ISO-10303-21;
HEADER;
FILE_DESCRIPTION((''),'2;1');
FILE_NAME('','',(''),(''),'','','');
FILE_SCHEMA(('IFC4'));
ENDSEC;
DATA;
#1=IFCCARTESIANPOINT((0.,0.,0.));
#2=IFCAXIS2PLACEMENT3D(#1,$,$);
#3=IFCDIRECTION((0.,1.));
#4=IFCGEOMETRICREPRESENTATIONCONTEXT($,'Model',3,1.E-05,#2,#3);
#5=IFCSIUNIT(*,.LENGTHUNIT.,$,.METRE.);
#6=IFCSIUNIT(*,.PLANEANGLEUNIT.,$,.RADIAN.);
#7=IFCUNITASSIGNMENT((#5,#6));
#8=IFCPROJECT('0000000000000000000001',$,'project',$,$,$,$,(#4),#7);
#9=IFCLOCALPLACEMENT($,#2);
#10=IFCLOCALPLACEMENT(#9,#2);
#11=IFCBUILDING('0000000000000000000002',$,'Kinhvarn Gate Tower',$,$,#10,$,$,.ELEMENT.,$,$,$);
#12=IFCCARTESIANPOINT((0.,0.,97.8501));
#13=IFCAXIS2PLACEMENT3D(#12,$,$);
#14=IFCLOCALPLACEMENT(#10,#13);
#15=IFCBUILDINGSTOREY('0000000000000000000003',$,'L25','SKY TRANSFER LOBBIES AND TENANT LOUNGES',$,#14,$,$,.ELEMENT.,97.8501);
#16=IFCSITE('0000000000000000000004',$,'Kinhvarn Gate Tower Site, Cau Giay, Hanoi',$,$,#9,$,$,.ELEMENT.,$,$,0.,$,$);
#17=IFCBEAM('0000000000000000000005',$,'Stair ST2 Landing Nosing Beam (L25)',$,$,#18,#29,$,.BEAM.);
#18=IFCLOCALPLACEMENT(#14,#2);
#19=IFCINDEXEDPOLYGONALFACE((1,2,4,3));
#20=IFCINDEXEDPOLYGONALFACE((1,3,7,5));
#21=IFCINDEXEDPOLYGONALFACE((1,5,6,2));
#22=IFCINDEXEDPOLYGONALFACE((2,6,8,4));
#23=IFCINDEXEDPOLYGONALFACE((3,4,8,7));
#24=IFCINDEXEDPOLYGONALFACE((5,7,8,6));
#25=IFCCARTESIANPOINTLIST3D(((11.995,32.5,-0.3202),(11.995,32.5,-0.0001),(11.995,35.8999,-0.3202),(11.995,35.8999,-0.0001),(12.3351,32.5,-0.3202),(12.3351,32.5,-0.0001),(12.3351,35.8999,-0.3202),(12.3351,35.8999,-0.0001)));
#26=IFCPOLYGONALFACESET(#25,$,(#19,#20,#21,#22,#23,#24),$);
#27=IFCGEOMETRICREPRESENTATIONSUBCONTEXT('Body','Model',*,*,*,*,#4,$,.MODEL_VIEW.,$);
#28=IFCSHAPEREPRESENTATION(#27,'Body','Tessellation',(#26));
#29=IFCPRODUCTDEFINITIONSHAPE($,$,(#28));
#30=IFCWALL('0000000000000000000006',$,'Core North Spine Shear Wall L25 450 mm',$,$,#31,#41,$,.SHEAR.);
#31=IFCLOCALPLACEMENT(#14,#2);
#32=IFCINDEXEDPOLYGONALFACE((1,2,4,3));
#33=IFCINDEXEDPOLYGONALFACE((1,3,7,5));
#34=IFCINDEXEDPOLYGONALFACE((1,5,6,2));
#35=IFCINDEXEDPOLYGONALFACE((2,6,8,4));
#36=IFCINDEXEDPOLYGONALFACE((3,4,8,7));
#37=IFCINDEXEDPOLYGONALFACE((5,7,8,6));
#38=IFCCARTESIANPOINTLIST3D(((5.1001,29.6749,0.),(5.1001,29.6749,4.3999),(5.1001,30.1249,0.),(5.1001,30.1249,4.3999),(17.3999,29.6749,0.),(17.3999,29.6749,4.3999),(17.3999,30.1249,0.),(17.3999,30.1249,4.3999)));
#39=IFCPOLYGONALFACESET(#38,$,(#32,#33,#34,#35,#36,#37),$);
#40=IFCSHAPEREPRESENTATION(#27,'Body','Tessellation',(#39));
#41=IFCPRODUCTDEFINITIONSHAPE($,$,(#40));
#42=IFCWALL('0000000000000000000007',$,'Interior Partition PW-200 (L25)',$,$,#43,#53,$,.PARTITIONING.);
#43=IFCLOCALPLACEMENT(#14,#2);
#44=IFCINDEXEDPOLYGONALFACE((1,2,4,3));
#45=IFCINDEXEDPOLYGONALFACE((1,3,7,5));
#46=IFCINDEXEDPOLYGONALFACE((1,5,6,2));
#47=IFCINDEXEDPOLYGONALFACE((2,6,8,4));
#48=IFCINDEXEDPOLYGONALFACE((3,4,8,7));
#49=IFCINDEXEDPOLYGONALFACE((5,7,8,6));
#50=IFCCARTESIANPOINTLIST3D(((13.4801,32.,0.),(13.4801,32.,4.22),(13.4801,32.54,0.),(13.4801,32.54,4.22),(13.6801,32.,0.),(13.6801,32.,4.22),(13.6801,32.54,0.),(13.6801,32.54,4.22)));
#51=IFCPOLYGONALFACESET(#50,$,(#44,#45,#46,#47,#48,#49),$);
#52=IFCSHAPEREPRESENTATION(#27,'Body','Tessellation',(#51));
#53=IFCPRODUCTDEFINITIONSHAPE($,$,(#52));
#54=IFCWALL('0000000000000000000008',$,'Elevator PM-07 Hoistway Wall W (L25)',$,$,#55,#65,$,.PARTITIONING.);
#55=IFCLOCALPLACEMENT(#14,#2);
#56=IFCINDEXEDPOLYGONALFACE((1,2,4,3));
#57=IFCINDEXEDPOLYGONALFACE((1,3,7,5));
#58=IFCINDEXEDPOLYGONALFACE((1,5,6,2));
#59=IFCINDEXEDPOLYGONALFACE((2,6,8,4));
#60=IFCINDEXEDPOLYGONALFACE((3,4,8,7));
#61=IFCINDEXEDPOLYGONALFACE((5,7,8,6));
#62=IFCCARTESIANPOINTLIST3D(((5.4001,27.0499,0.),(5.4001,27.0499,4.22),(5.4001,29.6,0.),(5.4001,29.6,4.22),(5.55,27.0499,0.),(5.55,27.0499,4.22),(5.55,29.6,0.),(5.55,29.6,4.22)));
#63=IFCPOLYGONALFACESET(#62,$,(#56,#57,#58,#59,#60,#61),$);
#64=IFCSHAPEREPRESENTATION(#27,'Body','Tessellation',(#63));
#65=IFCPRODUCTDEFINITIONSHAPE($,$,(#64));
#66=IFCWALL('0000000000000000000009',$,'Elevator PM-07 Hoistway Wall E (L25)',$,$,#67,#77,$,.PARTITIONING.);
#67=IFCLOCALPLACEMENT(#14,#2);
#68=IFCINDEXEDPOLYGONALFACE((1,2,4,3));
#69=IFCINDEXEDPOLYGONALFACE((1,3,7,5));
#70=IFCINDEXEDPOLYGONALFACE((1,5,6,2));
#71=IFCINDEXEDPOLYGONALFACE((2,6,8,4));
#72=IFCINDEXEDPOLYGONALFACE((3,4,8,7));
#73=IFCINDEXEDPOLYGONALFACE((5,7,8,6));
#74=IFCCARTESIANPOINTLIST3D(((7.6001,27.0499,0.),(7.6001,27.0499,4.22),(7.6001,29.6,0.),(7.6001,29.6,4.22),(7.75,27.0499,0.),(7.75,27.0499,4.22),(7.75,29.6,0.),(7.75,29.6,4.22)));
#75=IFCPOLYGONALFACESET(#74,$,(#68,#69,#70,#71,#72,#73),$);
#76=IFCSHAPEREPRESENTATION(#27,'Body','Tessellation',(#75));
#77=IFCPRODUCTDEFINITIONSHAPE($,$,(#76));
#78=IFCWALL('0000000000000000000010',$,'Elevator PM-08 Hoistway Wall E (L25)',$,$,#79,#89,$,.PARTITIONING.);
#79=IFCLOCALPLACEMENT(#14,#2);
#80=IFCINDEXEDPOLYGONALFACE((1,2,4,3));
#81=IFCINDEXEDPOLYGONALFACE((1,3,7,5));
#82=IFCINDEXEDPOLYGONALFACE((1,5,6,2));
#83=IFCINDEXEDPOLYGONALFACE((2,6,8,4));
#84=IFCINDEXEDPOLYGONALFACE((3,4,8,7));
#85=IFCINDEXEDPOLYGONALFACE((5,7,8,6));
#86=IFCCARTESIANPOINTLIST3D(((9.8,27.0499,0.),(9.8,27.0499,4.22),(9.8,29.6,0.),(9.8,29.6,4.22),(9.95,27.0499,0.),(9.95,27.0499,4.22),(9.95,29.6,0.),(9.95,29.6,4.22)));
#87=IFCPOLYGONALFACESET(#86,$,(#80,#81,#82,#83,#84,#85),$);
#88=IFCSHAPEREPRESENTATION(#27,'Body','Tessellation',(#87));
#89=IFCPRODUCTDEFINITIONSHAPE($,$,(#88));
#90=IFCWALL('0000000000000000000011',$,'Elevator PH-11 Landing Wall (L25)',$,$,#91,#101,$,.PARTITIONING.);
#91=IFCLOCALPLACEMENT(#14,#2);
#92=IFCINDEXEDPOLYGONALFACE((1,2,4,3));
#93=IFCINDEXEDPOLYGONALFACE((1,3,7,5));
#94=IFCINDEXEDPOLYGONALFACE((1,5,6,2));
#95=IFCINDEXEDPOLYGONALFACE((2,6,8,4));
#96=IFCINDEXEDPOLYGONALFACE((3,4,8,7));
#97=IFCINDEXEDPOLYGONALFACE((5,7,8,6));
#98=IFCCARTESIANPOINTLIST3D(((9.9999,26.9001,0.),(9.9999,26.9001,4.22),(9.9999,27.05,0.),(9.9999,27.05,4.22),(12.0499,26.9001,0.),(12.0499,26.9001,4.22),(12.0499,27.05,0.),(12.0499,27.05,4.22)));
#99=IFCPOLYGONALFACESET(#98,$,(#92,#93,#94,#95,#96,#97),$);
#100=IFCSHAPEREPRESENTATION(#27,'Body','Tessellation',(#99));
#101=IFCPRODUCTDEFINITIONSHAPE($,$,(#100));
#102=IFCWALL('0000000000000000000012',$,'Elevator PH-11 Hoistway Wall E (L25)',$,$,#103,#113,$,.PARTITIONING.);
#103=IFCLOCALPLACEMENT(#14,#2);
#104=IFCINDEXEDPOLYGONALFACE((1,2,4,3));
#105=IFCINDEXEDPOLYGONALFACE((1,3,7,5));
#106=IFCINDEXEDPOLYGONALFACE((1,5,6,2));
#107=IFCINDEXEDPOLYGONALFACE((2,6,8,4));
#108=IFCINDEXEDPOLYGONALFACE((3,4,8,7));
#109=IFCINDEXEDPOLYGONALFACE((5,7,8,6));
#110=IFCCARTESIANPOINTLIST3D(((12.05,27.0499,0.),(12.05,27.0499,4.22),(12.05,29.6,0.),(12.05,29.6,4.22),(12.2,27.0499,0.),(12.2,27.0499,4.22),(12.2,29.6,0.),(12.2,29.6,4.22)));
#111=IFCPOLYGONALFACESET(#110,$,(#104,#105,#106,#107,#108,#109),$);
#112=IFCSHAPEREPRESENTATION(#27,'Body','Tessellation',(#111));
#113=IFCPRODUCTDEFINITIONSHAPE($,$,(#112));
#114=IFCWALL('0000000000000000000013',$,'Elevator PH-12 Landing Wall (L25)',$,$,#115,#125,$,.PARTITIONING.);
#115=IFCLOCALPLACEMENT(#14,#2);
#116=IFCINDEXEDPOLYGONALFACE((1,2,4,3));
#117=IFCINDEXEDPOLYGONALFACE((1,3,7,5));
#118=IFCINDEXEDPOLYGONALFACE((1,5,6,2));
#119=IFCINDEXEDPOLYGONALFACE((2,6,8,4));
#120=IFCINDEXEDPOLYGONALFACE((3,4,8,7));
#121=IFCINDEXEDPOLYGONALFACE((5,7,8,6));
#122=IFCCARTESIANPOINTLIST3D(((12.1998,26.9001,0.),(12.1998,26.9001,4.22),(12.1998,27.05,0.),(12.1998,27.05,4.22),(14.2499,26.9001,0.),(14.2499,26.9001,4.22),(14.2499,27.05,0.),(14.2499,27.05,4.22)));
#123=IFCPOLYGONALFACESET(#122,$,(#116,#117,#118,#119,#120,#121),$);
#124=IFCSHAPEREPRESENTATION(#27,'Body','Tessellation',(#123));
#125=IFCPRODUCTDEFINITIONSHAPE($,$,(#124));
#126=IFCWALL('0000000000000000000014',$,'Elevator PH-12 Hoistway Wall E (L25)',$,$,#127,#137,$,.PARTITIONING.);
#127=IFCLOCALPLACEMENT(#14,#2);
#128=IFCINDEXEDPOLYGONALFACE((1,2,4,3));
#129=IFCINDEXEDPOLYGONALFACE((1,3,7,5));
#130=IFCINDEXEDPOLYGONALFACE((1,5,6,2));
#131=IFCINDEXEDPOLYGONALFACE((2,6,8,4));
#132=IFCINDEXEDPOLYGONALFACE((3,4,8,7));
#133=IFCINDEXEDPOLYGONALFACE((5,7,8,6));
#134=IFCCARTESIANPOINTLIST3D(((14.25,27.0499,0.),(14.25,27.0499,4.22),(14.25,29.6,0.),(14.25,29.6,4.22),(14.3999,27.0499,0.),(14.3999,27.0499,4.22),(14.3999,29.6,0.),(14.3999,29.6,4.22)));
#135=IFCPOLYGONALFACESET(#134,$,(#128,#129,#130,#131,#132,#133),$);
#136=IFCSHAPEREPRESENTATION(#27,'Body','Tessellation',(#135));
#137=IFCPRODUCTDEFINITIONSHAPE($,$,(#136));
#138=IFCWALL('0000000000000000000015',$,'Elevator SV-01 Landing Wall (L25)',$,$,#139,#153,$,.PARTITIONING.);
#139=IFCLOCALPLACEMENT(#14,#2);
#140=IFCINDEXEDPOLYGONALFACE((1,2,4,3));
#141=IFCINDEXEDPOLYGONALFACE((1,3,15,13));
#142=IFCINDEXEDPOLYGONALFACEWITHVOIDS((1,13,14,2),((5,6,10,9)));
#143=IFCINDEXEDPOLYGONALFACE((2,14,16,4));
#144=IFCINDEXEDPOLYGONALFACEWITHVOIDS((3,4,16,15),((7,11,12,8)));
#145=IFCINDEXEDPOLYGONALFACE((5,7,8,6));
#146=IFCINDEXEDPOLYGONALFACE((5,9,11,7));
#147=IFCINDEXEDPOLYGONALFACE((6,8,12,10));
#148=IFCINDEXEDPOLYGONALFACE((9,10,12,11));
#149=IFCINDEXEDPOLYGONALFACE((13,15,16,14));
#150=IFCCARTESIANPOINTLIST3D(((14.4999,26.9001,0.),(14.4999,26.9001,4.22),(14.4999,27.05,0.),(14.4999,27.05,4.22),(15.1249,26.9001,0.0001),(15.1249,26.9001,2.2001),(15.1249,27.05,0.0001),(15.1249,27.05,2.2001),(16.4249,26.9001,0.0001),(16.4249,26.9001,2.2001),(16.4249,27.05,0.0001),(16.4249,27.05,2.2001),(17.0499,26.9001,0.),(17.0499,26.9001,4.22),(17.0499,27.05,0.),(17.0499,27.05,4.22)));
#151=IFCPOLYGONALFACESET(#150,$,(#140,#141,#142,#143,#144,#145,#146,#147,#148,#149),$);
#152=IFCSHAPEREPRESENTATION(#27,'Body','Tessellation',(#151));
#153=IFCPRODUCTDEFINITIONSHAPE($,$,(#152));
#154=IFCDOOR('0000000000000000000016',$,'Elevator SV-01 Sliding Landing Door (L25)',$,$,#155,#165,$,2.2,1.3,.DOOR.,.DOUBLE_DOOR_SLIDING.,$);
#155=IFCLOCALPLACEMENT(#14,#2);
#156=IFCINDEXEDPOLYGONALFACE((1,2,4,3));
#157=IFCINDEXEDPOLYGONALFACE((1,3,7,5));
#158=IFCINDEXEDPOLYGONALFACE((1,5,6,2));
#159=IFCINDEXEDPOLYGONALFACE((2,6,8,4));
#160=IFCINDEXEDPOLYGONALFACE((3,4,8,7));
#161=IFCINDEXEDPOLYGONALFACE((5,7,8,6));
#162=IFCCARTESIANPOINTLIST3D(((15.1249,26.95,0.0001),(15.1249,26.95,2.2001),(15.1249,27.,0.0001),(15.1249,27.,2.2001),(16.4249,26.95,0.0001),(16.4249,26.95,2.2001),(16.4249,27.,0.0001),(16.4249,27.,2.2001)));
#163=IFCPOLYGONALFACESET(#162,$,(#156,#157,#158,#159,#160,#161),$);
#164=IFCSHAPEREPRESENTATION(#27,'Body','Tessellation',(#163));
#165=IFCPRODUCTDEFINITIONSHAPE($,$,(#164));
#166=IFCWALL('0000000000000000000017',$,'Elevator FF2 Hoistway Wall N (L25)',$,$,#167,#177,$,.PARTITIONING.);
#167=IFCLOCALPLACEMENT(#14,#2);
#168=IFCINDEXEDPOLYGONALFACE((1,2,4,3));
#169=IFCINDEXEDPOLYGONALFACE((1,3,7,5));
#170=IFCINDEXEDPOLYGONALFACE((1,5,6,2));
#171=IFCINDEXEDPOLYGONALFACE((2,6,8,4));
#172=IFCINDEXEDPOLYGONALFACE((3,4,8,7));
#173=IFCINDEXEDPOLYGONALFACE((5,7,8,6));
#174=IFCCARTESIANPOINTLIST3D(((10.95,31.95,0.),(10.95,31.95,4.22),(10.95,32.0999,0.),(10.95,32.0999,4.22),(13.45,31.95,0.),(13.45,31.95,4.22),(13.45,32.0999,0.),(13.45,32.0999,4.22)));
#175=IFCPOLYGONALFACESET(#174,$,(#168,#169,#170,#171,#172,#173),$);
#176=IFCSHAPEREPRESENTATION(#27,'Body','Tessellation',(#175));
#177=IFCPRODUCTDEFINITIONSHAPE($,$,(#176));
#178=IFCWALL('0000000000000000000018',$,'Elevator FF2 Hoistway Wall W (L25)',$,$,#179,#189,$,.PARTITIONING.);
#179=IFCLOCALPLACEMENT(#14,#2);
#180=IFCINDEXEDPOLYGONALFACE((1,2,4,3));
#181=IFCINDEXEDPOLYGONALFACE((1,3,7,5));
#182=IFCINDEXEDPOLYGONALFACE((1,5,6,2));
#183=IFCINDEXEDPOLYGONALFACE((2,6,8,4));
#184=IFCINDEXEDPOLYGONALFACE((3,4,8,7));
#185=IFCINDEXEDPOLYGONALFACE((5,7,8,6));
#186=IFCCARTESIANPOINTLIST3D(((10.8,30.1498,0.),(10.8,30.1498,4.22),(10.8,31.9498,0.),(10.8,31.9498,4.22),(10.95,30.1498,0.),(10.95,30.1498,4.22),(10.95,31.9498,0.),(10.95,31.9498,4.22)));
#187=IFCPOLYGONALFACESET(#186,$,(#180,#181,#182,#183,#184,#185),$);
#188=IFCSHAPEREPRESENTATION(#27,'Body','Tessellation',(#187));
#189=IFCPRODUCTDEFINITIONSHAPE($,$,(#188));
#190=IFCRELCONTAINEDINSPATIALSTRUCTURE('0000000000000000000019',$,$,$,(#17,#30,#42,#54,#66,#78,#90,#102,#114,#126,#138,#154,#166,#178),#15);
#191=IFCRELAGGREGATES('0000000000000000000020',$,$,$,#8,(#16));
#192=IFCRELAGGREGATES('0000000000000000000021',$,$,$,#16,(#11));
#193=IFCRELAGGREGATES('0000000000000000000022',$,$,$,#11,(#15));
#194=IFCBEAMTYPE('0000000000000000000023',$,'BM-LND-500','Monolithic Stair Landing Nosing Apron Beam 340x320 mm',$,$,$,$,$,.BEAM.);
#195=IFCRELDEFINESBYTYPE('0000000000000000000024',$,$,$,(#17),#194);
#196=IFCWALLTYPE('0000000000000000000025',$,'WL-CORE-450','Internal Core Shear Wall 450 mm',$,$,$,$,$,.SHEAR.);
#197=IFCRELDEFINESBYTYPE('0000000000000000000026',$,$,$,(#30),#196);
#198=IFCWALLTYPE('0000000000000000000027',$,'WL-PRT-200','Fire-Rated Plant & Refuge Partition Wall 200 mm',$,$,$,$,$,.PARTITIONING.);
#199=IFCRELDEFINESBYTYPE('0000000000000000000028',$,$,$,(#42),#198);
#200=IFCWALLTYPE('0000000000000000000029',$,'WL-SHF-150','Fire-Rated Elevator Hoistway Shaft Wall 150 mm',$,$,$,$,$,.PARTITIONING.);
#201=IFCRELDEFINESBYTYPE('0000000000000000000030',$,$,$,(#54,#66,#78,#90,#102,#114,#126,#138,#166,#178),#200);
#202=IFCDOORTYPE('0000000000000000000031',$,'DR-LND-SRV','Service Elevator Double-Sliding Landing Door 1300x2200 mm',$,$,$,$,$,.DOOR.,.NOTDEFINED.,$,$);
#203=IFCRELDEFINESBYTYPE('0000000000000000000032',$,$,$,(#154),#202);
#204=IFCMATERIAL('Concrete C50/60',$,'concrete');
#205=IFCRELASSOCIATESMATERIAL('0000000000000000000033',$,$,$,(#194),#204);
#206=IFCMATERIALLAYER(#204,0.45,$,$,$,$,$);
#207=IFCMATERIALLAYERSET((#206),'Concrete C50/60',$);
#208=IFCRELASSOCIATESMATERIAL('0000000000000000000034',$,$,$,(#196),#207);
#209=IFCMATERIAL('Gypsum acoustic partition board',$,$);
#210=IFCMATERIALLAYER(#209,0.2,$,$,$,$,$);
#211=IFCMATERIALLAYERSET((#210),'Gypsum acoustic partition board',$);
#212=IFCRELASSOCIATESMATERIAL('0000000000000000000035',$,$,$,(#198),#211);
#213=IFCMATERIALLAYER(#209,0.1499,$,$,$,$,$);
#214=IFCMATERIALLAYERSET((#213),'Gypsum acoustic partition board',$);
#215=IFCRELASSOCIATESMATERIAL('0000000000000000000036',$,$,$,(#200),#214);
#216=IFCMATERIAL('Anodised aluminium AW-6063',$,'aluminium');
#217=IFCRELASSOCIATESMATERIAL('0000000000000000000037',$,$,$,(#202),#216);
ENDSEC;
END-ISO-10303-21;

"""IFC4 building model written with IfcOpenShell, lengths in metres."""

from ifc_helpers import new_model, si_unit, direction, frame, frame_2d, origin, origin_2d, place, context, subcontext, project, spatial, rectangle, extrude, material, layer, layer_set, material_profile, profile_set, type_object, element, fill, save


model = new_model("IFC4")

# Units and contexts
model_context = context("Model", 3, precision=1e-05, world=origin(), true_north=direction((0.0, 1.0)))
body_context = subcontext(model_context, "Body", "Model", "MODEL_VIEW")
ifc_project = project(units=[si_unit("LENGTHUNIT", "METRE"), si_unit("PLANEANGLEUNIT", "RADIAN")], contexts=[model_context])

# Site, building, storey
site_placement = place(None, origin())
site = spatial("IfcSite", under=ifc_project, at=site_placement, Name="Kinhvarn Gate Tower Site, Cau Giay, Hanoi", CompositionType="ELEMENT", RefElevation=0.0)
building_placement = place(site_placement, origin())
building = spatial("IfcBuilding", under=site, at=building_placement, Name="Kinhvarn Gate Tower", CompositionType="ELEMENT")
storey_placement = place(building_placement, frame((0.0, 0.0, 97.8501)))
storey = spatial("IfcBuildingStorey", under=building, at=storey_placement, Name="L25", Description="SKY TRANSFER LOBBIES AND TENANT LOUNGES", CompositionType="ELEMENT", Elevation=97.8501)

# Beam
ifc_material_1 = material(Name="Concrete C50/60", Category="concrete")
ifc_material_profile = material_profile(ifc_material_1, rectangle(XDim=0.3401, YDim=0.3201, at=origin_2d()), Name="RC 340x320")
ifc_profile_set = profile_set([ifc_material_profile], Name="Concrete C50/60")
beam_type = type_object("IfcBeamType", Name="BM-LND-500", Description="Monolithic Stair Landing Nosing Apron Beam 340x320 mm", PredefinedType="BEAM", material=ifc_profile_set)
beam_placement = place(storey_placement, frame((12.165, 32.5, -0.1602), z_axis=(0.0, 1.0, 0.0), x_axis=(-1.0, 0.0, 0.0)))
element("IfcBeam", 1, at=beam_placement, inside=storey, type_object=beam_type, Name="Stair ST2 Landing Nosing Beam (L25)", PredefinedType="BEAM", context=body_context, shape_type="SweptSolid", body=[
    extrude(rectangle(XDim=0.3401, YDim=0.3201, at=origin_2d()), origin(), (0.0, 0.0, 1.0), 3.3999),
])

# Walls
ifc_layer_1 = layer(ifc_material_1, 0.45)
ifc_layer_set_1 = layer_set([ifc_layer_1], Name="Concrete C50/60")
wall_type_1 = type_object("IfcWallType", Name="WL-CORE-450", Description="Internal Core Shear Wall 450 mm", PredefinedType="SHEAR", material=ifc_layer_set_1)
wall_1_placement = place(storey_placement, frame((5.1001, 29.8999, 0.0), z_axis=(0.0, 0.0, 1.0), x_axis=(1.0, 0.0, 0.0)))
element("IfcWall", 2, at=wall_1_placement, inside=storey, type_object=wall_type_1, Name="Core North Spine Shear Wall L25 450 mm", PredefinedType="SHEAR", context=body_context, shape_type="SweptSolid", body=[
    extrude(rectangle(XDim=12.2998, YDim=0.45, at=frame_2d((6.1499, 0.0))), origin(), (0.0, 0.0, 1.0), 4.3999),
])
ifc_material_2 = material(Name="Gypsum acoustic partition board")
ifc_layer_2 = layer(ifc_material_2, 0.2)
ifc_layer_set_2 = layer_set([ifc_layer_2], Name="Gypsum acoustic partition board")
wall_type_2 = type_object("IfcWallType", Name="WL-PRT-200", Description="Fire-Rated Plant & Refuge Partition Wall 200 mm", PredefinedType="PARTITIONING", material=ifc_layer_set_2)
wall_2_placement = place(storey_placement, frame((13.5801, 32.0, 0.0), z_axis=(0.0, 0.0, 1.0), x_axis=(0.0, 1.0, 0.0)))
element("IfcWall", 3, at=wall_2_placement, inside=storey, type_object=wall_type_2, Name="Interior Partition PW-200 (L25)", PredefinedType="PARTITIONING", context=body_context, shape_type="SweptSolid", body=[
    extrude(rectangle(XDim=0.54, YDim=0.2, at=frame_2d((0.27, 0.0))), origin(), (0.0, 0.0, 1.0), 4.22),
])
ifc_layer_3 = layer(ifc_material_2, 0.1499)
ifc_layer_set_3 = layer_set([ifc_layer_3], Name="Gypsum acoustic partition board")
wall_type_3 = type_object("IfcWallType", Name="WL-SHF-150", Description="Fire-Rated Elevator Hoistway Shaft Wall 150 mm", PredefinedType="PARTITIONING", material=ifc_layer_set_3)
for number, where, z_axis, x_axis, name in (
    (4, (5.4751, 27.05, 0.0), (0.0, 0.0, 1.0), (0.0, 1.0, 0.0), "Elevator PM-07 Hoistway Wall W (L25)"),
    (5, (7.675, 27.05, 0.0), (0.0, 0.0, 1.0), (0.0, 1.0, 0.0), "Elevator PM-07 Hoistway Wall E (L25)"),
    (6, (9.875, 27.05, 0.0), (0.0, 0.0, 1.0), (0.0, 1.0, 0.0), "Elevator PM-08 Hoistway Wall E (L25)"),
):
    element("IfcWall", number, at=place(storey_placement, frame(where, z_axis=z_axis, x_axis=x_axis)), inside=storey, type_object=wall_type_3, Name=name, PredefinedType="PARTITIONING", context=body_context, shape_type="SweptSolid", body=[
        extrude(rectangle(XDim=2.55, YDim=0.1499, at=frame_2d((1.2749, 0.0))), origin(), (0.0, 0.0, 1.0), 4.22),
    ])
wall_3_placement = place(storey_placement, frame((10.0, 26.9751, 0.0), z_axis=(0.0, 0.0, 1.0), x_axis=(1.0, 0.0, 0.0)))
element("IfcWall", 7, at=wall_3_placement, inside=storey, type_object=wall_type_3, Name="Elevator PH-11 Landing Wall (L25)", PredefinedType="PARTITIONING", context=body_context, shape_type="SweptSolid", body=[
    extrude(rectangle(XDim=2.05, YDim=0.1499, at=frame_2d((1.0249, 0.0))), origin(), (0.0, 0.0, 1.0), 4.22),
])
wall_4_placement = place(storey_placement, frame((12.125, 27.05, 0.0), z_axis=(0.0, 0.0, 1.0), x_axis=(0.0, 1.0, 0.0)))
element("IfcWall", 8, at=wall_4_placement, inside=storey, type_object=wall_type_3, Name="Elevator PH-11 Hoistway Wall E (L25)", PredefinedType="PARTITIONING", context=body_context, shape_type="SweptSolid", body=[
    extrude(rectangle(XDim=2.55, YDim=0.1499, at=frame_2d((1.2749, 0.0))), origin(), (0.0, 0.0, 1.0), 4.22),
])
wall_5_placement = place(storey_placement, frame((12.2, 26.9751, 0.0), z_axis=(0.0, 0.0, 1.0), x_axis=(1.0, 0.0, 0.0)))
element("IfcWall", 9, at=wall_5_placement, inside=storey, type_object=wall_type_3, Name="Elevator PH-12 Landing Wall (L25)", PredefinedType="PARTITIONING", context=body_context, shape_type="SweptSolid", body=[
    extrude(rectangle(XDim=2.05, YDim=0.1499, at=frame_2d((1.0249, 0.0))), origin(), (0.0, 0.0, 1.0), 4.22),
])
wall_6_placement = place(storey_placement, frame((14.325, 27.05, 0.0), z_axis=(0.0, 0.0, 1.0), x_axis=(0.0, 1.0, 0.0)))
element("IfcWall", 10, at=wall_6_placement, inside=storey, type_object=wall_type_3, Name="Elevator PH-12 Hoistway Wall E (L25)", PredefinedType="PARTITIONING", context=body_context, shape_type="SweptSolid", body=[
    extrude(rectangle(XDim=2.55, YDim=0.1499, at=frame_2d((1.2749, 0.0))), origin(), (0.0, 0.0, 1.0), 4.22),
])

# Wall, opening, door
wall_7_placement = place(storey_placement, frame((14.5, 26.9751, 0.0), z_axis=(0.0, 0.0, 1.0), x_axis=(1.0, 0.0, 0.0)))
wall_7 = element("IfcWall", 11, at=wall_7_placement, inside=storey, type_object=wall_type_3, Name="Elevator SV-01 Landing Wall (L25)", PredefinedType="PARTITIONING", context=body_context, shape_type="SweptSolid", body=[
    extrude(rectangle(XDim=2.55, YDim=0.1499, at=frame_2d((1.2749, 0.0))), origin(), (0.0, 0.0, 1.0), 4.22),
])
opening_1_placement = place(wall_7_placement, frame((0.625, 0.0, 0.0)))
opening_1 = element("IfcOpeningElement", 12, at=opening_1_placement, cuts=wall_7, PredefinedType="OPENING", context=body_context, shape_type="SweptSolid", body=[
    extrude(rectangle(XDim=1.3, YDim=2.2, at=frame_2d((0.6499, 1.1001))), frame((0.0, 0.085, 0.0), z_axis=(0.0, -1.0, 0.0), x_axis=(1.0, 0.0, 0.0)), (0.0, 0.0, 1.0), 0.1699),
])
ifc_material_3 = material(Name="Anodised aluminium AW-6063", Category="aluminium")
door_type_1 = type_object("IfcDoorType", Name="DR-LND-SRV", Description="Service Elevator Double-Sliding Landing Door 1300x2200 mm", OperationType="NOTDEFINED", PredefinedType="DOOR", material=ifc_material_3)
door_1_placement = place(opening_1_placement, origin())
door_1 = element("IfcDoor", 13, at=door_1_placement, inside=storey, type_object=door_type_1, Name="Elevator SV-01 Sliding Landing Door (L25)", OperationType="DOUBLE_DOOR_SLIDING", OverallHeight=2.2, OverallWidth=1.3, PredefinedType="DOOR", context=body_context, shape_type="SweptSolid", body=[
    extrude(rectangle(XDim=1.3, YDim=2.2, at=frame_2d((0.6499, 1.1001))), frame((0.0, 0.0249, 0.0), z_axis=(0.0, -1.0, 0.0), x_axis=(1.0, 0.0, 0.0)), (0.0, 0.0, 1.0), 0.05),
])
fill(opening_1, door_1)

# Walls
wall_8_placement = place(storey_placement, frame((10.95, 32.0249, 0.0), z_axis=(0.0, 0.0, 1.0), x_axis=(1.0, 0.0, 0.0)))
element("IfcWall", 14, at=wall_8_placement, inside=storey, type_object=wall_type_3, Name="Elevator FF2 Hoistway Wall N (L25)", PredefinedType="PARTITIONING", context=body_context, shape_type="SweptSolid", body=[
    extrude(rectangle(XDim=2.5, YDim=0.1499, at=frame_2d((1.25, 0.0))), origin(), (0.0, 0.0, 1.0), 4.22),
])
wall_9_placement = place(storey_placement, frame((10.875, 30.1499, 0.0), z_axis=(0.0, 0.0, 1.0), x_axis=(0.0, 1.0, 0.0)))
element("IfcWall", 15, at=wall_9_placement, inside=storey, type_object=wall_type_3, Name="Elevator FF2 Hoistway Wall W (L25)", PredefinedType="PARTITIONING", context=body_context, shape_type="SweptSolid", body=[
    extrude(rectangle(XDim=1.8, YDim=0.1499, at=frame_2d((0.8999, 0.0))), origin(), (0.0, 0.0, 1.0), 4.22),
])

save(model, "model.ifc")
